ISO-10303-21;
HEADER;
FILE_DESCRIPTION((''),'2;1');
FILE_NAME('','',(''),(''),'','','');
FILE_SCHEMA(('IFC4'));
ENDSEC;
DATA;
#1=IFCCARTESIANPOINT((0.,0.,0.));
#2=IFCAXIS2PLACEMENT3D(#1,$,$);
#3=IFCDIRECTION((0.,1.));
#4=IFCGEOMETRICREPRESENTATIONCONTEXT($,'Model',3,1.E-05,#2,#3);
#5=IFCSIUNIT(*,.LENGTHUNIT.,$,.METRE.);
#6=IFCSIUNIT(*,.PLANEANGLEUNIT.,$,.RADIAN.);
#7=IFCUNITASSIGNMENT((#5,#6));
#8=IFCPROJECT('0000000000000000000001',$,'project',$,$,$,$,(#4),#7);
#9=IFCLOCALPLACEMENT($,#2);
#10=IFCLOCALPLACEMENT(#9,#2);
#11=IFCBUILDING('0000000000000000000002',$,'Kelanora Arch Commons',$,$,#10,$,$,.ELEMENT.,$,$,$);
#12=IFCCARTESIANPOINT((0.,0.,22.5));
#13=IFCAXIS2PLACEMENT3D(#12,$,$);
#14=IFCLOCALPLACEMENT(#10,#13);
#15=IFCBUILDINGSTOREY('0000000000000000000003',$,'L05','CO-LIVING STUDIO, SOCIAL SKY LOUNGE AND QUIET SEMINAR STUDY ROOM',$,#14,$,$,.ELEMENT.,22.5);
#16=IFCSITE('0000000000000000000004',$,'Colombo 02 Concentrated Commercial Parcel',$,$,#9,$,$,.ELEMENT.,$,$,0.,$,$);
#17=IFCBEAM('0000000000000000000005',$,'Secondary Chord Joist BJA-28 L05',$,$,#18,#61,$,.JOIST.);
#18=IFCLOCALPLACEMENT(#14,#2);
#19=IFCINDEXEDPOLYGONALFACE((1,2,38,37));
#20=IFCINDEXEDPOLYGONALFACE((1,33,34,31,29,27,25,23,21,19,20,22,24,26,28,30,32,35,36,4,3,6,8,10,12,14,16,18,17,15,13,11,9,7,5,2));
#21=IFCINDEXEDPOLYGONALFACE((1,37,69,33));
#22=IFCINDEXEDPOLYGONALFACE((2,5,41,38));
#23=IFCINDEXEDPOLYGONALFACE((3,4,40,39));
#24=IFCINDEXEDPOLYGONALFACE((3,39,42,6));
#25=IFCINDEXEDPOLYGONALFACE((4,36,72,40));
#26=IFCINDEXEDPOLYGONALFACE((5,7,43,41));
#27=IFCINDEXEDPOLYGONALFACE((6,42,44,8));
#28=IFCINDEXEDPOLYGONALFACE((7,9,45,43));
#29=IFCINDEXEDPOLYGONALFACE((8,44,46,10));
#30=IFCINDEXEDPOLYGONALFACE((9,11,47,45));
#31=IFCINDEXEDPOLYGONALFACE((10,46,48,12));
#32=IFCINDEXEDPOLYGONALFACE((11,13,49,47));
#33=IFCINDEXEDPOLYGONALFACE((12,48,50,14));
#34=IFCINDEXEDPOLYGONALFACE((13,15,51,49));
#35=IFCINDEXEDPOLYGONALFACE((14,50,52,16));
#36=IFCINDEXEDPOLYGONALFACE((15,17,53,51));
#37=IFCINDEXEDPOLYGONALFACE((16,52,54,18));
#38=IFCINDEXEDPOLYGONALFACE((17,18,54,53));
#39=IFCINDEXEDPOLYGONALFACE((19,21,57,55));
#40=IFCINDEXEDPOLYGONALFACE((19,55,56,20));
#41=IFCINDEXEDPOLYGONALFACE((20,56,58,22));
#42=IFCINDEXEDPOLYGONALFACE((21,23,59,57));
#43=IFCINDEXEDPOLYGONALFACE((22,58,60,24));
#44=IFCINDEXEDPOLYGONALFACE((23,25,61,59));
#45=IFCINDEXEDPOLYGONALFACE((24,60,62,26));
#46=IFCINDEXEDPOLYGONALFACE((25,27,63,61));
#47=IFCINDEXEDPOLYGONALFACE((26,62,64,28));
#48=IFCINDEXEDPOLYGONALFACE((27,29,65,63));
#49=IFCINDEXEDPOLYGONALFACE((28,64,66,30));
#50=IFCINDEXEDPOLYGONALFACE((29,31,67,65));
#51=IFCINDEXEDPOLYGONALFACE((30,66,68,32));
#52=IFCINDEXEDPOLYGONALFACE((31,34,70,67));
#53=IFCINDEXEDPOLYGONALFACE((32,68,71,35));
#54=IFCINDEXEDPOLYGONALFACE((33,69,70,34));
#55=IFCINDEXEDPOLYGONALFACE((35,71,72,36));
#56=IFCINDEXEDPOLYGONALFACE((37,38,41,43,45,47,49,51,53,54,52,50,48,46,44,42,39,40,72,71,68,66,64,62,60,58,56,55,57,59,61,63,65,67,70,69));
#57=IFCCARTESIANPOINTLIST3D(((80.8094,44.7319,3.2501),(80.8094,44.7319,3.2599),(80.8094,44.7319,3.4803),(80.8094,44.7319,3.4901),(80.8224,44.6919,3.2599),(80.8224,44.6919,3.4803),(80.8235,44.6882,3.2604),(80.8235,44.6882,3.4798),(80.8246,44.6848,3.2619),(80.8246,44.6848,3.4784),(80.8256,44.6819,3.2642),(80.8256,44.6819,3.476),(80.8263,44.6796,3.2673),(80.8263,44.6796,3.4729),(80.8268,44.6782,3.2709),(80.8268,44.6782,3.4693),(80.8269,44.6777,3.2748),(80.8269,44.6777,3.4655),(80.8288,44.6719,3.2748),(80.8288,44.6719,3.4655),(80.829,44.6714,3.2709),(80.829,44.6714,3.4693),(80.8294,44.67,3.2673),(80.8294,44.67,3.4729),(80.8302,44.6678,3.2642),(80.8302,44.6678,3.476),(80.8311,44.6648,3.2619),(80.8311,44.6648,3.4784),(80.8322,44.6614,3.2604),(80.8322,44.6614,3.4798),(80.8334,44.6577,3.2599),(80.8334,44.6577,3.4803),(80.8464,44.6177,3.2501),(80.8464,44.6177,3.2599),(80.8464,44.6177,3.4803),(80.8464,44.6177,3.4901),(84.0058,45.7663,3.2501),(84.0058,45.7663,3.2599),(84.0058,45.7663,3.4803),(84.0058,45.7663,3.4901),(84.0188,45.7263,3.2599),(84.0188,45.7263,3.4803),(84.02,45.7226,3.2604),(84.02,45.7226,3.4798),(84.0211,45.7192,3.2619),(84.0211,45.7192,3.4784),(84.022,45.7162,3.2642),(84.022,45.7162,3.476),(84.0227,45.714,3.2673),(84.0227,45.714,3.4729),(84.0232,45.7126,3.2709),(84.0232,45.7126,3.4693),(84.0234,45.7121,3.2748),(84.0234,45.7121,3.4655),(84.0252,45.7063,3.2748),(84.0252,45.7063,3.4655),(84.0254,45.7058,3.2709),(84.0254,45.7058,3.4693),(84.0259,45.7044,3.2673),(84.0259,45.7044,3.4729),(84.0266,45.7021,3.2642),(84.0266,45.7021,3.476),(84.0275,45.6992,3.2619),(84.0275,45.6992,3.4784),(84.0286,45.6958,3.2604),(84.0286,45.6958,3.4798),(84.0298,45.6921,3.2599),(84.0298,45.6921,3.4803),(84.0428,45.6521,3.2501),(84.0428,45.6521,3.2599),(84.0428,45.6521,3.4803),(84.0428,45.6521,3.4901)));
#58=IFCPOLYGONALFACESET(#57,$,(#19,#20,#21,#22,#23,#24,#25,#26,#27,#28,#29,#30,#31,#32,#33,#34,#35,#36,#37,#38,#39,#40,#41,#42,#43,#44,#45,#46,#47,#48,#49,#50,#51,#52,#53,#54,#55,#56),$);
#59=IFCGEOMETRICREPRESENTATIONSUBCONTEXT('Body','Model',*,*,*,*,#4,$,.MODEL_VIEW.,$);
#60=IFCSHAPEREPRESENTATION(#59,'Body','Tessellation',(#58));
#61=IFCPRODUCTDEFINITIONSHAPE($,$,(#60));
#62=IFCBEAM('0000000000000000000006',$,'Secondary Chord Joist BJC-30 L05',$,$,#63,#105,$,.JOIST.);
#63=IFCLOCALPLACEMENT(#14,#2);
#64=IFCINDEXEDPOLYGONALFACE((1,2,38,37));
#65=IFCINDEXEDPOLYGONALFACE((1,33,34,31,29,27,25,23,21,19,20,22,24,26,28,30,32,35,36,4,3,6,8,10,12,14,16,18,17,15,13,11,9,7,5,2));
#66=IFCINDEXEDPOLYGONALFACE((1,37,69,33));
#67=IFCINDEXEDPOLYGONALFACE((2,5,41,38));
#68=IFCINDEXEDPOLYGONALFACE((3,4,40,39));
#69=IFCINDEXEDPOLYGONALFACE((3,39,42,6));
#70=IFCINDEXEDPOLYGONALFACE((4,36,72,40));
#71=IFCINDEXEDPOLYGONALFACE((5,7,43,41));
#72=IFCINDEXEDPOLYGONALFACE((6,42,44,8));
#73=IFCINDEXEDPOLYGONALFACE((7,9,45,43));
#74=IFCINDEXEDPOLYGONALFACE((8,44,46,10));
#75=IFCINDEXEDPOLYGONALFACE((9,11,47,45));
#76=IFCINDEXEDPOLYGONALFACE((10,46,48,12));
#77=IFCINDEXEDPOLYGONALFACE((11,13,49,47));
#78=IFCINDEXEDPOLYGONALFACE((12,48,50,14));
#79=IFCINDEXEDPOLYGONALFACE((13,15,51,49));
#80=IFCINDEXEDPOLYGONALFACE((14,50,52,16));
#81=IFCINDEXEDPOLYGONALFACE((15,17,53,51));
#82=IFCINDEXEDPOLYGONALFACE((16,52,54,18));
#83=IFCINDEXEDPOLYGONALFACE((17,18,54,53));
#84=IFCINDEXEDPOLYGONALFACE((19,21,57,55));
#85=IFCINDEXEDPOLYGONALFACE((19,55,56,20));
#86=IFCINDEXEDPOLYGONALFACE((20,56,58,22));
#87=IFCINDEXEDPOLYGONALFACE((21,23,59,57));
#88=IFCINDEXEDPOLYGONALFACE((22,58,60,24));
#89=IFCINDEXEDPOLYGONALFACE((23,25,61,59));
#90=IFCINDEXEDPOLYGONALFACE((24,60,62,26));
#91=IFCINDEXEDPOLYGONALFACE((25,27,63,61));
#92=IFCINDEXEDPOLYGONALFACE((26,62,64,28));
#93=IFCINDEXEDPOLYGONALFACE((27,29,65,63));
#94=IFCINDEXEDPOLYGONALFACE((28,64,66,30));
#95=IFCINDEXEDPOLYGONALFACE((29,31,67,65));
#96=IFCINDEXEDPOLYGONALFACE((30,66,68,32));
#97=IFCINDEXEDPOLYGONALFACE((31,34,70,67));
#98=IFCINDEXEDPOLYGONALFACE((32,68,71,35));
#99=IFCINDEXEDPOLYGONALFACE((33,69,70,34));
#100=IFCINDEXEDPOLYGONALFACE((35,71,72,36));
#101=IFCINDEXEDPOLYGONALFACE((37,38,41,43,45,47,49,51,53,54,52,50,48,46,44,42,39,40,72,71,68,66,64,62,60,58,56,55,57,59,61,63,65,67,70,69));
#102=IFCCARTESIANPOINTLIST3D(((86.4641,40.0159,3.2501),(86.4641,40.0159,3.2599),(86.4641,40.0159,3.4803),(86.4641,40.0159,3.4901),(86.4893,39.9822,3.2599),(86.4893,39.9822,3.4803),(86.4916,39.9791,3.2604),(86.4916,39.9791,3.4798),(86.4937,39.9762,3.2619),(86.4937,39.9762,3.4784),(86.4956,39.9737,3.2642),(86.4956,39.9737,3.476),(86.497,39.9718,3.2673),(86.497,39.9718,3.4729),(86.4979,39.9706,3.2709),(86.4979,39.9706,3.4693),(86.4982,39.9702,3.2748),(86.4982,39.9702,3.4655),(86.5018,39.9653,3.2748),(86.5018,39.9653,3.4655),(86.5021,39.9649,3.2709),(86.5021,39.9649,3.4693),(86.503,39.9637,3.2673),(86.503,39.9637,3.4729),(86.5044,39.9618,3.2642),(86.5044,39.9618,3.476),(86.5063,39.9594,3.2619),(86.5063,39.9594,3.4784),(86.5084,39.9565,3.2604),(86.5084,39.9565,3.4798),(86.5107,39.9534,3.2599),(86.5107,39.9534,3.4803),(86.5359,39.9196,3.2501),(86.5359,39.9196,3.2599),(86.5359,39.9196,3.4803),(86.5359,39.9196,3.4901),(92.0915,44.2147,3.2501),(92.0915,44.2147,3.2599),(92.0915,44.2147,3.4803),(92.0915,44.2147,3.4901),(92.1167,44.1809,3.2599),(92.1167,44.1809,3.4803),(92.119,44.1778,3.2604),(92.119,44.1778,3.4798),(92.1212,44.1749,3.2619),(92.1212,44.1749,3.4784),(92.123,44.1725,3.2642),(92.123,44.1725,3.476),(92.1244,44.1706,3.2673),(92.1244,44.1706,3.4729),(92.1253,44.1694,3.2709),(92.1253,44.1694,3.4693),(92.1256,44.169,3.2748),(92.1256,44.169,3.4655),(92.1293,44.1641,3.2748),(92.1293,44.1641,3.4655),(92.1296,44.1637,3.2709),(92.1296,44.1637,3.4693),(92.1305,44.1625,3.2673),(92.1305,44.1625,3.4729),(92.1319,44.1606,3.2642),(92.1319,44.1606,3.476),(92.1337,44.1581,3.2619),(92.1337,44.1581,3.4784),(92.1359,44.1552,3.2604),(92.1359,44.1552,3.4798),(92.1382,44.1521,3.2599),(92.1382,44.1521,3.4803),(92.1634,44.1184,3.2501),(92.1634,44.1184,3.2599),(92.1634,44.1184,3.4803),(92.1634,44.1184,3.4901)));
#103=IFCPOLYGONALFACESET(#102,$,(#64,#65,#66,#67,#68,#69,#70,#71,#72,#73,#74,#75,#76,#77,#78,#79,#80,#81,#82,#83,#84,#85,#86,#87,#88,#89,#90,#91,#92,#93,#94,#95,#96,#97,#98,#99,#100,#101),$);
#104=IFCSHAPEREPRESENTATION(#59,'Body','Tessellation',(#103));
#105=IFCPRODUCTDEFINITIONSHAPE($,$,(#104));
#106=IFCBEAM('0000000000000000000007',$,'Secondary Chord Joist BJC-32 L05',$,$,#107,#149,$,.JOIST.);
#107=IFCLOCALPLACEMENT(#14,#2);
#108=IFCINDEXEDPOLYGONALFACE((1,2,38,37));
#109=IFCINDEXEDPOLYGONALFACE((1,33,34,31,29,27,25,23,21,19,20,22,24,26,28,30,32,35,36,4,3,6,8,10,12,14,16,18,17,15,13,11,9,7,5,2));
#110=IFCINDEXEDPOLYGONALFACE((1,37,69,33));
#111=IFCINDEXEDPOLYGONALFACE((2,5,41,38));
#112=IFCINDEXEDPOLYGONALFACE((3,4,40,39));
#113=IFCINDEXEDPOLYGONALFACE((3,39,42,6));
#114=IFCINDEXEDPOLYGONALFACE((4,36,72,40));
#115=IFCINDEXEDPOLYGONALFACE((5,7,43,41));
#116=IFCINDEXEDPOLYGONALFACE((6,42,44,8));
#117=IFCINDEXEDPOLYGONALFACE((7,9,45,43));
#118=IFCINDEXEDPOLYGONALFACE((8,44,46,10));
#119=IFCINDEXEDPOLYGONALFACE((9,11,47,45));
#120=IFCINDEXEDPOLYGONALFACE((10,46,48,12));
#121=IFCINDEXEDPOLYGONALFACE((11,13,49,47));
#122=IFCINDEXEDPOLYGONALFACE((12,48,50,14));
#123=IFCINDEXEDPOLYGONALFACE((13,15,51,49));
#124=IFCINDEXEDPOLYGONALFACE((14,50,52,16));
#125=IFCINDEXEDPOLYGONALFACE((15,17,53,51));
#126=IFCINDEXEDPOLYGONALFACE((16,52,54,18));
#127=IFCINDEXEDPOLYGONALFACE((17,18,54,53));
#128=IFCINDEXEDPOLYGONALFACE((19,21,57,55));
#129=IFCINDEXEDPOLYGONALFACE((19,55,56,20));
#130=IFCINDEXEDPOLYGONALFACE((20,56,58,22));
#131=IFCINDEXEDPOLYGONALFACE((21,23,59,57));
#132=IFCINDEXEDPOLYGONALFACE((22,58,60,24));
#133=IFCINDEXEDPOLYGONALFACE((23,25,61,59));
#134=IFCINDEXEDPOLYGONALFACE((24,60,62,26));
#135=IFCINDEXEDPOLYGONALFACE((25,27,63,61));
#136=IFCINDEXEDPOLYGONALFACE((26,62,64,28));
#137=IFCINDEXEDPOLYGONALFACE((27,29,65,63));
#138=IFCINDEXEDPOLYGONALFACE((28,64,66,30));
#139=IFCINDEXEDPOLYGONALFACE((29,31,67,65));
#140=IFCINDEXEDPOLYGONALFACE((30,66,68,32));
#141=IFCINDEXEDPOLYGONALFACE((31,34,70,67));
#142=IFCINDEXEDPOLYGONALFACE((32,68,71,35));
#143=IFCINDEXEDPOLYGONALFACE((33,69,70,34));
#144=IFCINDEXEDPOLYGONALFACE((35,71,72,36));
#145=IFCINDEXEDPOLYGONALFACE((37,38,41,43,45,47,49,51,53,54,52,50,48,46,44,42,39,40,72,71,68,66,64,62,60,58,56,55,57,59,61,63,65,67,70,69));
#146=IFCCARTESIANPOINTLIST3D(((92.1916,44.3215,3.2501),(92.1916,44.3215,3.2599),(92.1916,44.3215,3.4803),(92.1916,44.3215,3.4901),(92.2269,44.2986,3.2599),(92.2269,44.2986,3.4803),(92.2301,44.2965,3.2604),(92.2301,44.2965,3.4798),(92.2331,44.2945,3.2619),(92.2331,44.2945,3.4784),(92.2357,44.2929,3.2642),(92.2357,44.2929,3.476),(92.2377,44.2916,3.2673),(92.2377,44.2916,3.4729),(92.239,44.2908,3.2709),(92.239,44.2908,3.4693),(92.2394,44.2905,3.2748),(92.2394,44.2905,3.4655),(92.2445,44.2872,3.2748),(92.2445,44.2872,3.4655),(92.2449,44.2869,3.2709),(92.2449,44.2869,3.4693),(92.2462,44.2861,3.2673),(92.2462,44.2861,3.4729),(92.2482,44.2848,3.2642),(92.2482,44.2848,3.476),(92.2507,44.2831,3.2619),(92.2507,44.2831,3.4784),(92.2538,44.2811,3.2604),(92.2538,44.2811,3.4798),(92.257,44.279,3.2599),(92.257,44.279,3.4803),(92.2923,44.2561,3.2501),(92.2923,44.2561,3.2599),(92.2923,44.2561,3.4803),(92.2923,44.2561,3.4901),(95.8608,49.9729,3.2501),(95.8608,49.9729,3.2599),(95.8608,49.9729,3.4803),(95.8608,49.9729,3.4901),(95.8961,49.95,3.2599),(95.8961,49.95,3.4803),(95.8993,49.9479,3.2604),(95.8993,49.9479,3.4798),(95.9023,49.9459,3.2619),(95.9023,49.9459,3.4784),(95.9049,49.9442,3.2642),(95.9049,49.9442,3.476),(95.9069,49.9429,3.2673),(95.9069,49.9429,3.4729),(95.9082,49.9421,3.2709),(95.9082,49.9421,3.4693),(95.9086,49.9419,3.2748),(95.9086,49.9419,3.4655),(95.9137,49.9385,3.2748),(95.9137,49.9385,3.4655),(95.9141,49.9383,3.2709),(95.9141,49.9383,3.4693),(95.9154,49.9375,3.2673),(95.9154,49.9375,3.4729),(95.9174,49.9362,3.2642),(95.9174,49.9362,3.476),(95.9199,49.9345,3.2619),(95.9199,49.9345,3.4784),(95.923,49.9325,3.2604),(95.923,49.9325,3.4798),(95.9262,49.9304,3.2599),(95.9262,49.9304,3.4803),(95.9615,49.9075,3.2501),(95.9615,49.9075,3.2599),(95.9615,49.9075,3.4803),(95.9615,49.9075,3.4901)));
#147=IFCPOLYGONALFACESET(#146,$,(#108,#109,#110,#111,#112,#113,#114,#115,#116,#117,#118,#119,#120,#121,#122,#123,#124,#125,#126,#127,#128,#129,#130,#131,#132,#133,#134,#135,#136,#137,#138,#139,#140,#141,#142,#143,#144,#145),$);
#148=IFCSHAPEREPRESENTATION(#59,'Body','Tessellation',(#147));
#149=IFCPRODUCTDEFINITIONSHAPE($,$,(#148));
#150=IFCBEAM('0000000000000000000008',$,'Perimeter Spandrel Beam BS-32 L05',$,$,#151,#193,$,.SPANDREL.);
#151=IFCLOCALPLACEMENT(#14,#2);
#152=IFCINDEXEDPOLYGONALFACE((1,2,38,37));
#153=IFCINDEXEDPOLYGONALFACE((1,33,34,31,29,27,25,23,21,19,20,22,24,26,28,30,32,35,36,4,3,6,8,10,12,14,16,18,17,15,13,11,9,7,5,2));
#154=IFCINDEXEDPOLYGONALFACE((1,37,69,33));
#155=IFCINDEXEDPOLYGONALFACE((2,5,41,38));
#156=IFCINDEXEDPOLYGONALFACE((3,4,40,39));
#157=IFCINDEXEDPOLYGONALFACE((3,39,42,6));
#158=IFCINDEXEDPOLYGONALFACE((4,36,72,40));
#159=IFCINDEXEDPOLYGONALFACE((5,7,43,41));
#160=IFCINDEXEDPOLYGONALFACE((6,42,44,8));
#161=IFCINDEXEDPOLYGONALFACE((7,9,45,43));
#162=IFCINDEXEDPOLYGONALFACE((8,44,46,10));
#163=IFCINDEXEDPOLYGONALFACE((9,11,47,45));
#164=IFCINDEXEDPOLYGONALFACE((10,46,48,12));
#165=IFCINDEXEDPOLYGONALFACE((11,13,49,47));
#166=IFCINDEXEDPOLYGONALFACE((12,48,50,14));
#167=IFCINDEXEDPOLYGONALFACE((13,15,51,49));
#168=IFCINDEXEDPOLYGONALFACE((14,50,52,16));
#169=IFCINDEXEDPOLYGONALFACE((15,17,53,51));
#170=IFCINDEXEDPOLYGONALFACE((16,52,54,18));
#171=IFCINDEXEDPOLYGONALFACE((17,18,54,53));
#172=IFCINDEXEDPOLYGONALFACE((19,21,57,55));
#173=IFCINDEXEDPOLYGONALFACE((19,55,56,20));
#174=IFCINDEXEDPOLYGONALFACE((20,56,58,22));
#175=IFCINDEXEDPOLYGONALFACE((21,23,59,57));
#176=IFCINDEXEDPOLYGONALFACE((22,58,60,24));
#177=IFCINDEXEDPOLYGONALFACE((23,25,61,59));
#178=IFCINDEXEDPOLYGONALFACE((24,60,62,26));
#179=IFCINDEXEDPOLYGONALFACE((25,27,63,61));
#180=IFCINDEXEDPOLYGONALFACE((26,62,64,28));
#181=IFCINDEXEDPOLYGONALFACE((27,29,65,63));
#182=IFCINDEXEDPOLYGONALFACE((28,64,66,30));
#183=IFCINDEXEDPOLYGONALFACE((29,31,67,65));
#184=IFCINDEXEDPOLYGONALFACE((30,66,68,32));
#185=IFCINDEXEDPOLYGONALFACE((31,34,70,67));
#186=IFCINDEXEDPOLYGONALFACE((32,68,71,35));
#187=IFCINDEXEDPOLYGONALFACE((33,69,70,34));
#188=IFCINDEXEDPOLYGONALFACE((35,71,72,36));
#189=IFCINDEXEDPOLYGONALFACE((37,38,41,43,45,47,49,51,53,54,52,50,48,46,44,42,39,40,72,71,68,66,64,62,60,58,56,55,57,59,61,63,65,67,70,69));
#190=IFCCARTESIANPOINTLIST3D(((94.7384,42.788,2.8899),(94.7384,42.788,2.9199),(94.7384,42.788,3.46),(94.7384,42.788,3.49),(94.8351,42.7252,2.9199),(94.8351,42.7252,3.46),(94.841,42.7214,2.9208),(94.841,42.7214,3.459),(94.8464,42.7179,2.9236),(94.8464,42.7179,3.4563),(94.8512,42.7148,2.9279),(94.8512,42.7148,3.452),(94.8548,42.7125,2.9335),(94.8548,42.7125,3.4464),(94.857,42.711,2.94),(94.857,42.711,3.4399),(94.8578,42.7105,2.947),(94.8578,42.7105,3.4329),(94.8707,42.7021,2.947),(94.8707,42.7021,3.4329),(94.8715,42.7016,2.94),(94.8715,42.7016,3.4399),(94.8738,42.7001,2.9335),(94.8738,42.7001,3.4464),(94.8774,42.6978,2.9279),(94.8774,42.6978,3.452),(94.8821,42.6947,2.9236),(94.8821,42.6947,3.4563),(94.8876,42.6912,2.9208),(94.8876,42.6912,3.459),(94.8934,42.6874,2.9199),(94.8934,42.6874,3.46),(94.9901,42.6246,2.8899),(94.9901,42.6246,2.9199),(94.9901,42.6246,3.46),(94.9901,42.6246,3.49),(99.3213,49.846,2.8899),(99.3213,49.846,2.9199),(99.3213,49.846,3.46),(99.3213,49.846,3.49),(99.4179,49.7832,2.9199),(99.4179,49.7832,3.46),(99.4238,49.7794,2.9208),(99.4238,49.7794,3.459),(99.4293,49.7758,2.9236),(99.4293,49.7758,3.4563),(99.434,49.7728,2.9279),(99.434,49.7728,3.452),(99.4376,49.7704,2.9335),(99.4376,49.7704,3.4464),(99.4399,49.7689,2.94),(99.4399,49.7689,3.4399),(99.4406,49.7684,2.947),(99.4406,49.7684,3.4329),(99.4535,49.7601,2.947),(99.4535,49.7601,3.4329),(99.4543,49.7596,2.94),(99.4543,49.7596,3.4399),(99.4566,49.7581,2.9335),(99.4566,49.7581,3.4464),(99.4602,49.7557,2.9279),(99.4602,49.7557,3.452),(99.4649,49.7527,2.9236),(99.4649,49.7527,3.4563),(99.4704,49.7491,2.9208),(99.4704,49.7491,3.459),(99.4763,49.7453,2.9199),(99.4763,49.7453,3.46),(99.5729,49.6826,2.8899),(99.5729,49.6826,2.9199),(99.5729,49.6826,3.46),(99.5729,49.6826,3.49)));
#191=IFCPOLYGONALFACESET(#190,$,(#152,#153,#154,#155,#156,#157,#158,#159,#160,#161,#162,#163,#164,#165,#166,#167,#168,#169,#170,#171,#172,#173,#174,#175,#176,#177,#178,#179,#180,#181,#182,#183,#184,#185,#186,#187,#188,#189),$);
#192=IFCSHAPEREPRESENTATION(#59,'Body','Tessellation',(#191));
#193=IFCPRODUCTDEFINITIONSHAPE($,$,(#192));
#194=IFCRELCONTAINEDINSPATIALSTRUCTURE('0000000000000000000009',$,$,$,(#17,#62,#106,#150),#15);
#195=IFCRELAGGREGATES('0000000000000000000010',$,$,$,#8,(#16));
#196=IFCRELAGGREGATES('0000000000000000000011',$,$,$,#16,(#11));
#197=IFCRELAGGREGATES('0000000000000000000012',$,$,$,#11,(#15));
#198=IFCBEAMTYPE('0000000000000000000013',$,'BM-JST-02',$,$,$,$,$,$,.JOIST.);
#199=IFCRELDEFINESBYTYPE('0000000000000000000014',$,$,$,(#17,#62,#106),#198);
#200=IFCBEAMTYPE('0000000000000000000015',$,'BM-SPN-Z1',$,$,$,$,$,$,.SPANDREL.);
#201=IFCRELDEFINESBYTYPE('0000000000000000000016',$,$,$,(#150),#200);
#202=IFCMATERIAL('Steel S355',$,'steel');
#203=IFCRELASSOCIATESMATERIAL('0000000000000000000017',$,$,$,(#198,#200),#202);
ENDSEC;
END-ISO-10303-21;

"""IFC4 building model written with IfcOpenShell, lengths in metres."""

from ifc_helpers import new_model, si_unit, direction, frame, origin, origin_2d, place, context, subcontext, project, spatial, i_section, extrude, material, material_profile, profile_set, type_object, element, save


model = new_model("IFC4")

# Units and contexts
model_context = context("Model", 3, precision=1e-05, world=origin(), true_north=direction((0.0, 1.0)))
body_context = subcontext(model_context, "Body", "Model", "MODEL_VIEW")
ifc_project = project(units=[si_unit("LENGTHUNIT", "METRE"), si_unit("PLANEANGLEUNIT", "RADIAN")], contexts=[model_context])

# Site, building, storey
site_placement = place(None, origin())
site = spatial("IfcSite", under=ifc_project, at=site_placement, Name="Colombo 02 Concentrated Commercial Parcel", CompositionType="ELEMENT", RefElevation=0.0)
building_placement = place(site_placement, origin())
building = spatial("IfcBuilding", under=site, at=building_placement, Name="Kelanora Arch Commons", CompositionType="ELEMENT")
storey_placement = place(building_placement, frame((0.0, 0.0, 22.5)))
storey = spatial("IfcBuildingStorey", under=building, at=storey_placement, Name="L05", Description="CO-LIVING STUDIO, SOCIAL SKY LOUNGE AND QUIET SEMINAR STUDY ROOM", CompositionType="ELEMENT", Elevation=22.5)

# Beams
ifc_material_1 = material(Name="Steel S355", Category="steel")
ifc_material_profile_1 = material_profile(ifc_material_1, i_section(OverallWidth=0.1201, OverallDepth=0.24, WebThickness=0.0061, FlangeThickness=0.0098, FilletRadius=0.0149, at=origin_2d()), Name="IPE240")
ifc_profile_set_1 = profile_set([ifc_material_profile_1], Name="Steel S355")
beam_type_1 = type_object("IfcBeamType", Name="BM-JST-02", PredefinedType="JOIST", material=ifc_profile_set_1)
beam_1_placement = place(storey_placement, frame((80.8279, 44.6748, 3.3701), z_axis=(0.951423, 0.307888, 0.0), x_axis=(-0.307888, 0.951423, 0.0)))
element("IfcBeam", 1, at=beam_1_placement, inside=storey, type_object=beam_type_1, Name="Secondary Chord Joist BJA-28 L05", PredefinedType="JOIST", context=body_context, shape_type="SweptSolid", body=[
    extrude(i_section(OverallWidth=0.1201, OverallDepth=0.24, WebThickness=0.0061, FlangeThickness=0.0098, FilletRadius=0.0149, at=origin_2d()), origin(), (0.0, 0.0, 1.0), 3.3596),
])
beam_2_placement = place(storey_placement, frame((86.5, 39.9678, 3.3701), z_axis=(0.801491, 0.598006, 0.0), x_axis=(-0.598006, 0.801491, 0.0)))
element("IfcBeam", 2, at=beam_2_placement, inside=storey, type_object=beam_type_1, Name="Secondary Chord Joist BJC-30 L05", PredefinedType="JOIST", context=body_context, shape_type="SweptSolid", body=[
    extrude(i_section(OverallWidth=0.1201, OverallDepth=0.24, WebThickness=0.0061, FlangeThickness=0.0098, FilletRadius=0.0149, at=origin_2d()), origin(), (0.0, 0.0, 1.0), 7.0212),
])
beam_3_placement = place(storey_placement, frame((92.2419, 44.2888, 3.3701), z_axis=(0.54455, 0.838728, 0.0), x_axis=(-0.838728, 0.54455, 0.0)))
element("IfcBeam", 3, at=beam_3_placement, inside=storey, type_object=beam_type_1, Name="Secondary Chord Joist BJC-32 L05", PredefinedType="JOIST", context=body_context, shape_type="SweptSolid", body=[
    extrude(i_section(OverallWidth=0.1201, OverallDepth=0.24, WebThickness=0.0061, FlangeThickness=0.0098, FilletRadius=0.0149, at=origin_2d()), origin(), (0.0, 0.0, 1.0), 6.738),
])
ifc_material_profile_2 = material_profile(ifc_material_1, i_section(OverallWidth=0.3, OverallDepth=0.6001, WebThickness=0.0154, FlangeThickness=0.03, FilletRadius=0.0271, at=origin_2d()), Name="HEB600")
ifc_profile_set_2 = profile_set([ifc_material_profile_2], Name="Steel S355")
beam_type_2 = type_object("IfcBeamType", Name="BM-SPN-Z1", PredefinedType="SPANDREL", material=ifc_profile_set_2)
beam_4_placement = place(storey_placement, frame((94.8643, 42.7063, 3.1899), z_axis=(0.544583, 0.838707, 0.0), x_axis=(-0.838707, 0.544583, 0.0)))
element("IfcBeam", 4, at=beam_4_placement, inside=storey, type_object=beam_type_2, Name="Perimeter Spandrel Beam BS-32 L05", PredefinedType="SPANDREL", context=body_context, shape_type="SweptSolid", body=[
    extrude(i_section(OverallWidth=0.3, OverallDepth=0.6001, WebThickness=0.0154, FlangeThickness=0.03, FilletRadius=0.0271, at=origin_2d()), origin(), (0.0, 0.0, 1.0), 8.4153),
])

save(model, "model.ifc")
